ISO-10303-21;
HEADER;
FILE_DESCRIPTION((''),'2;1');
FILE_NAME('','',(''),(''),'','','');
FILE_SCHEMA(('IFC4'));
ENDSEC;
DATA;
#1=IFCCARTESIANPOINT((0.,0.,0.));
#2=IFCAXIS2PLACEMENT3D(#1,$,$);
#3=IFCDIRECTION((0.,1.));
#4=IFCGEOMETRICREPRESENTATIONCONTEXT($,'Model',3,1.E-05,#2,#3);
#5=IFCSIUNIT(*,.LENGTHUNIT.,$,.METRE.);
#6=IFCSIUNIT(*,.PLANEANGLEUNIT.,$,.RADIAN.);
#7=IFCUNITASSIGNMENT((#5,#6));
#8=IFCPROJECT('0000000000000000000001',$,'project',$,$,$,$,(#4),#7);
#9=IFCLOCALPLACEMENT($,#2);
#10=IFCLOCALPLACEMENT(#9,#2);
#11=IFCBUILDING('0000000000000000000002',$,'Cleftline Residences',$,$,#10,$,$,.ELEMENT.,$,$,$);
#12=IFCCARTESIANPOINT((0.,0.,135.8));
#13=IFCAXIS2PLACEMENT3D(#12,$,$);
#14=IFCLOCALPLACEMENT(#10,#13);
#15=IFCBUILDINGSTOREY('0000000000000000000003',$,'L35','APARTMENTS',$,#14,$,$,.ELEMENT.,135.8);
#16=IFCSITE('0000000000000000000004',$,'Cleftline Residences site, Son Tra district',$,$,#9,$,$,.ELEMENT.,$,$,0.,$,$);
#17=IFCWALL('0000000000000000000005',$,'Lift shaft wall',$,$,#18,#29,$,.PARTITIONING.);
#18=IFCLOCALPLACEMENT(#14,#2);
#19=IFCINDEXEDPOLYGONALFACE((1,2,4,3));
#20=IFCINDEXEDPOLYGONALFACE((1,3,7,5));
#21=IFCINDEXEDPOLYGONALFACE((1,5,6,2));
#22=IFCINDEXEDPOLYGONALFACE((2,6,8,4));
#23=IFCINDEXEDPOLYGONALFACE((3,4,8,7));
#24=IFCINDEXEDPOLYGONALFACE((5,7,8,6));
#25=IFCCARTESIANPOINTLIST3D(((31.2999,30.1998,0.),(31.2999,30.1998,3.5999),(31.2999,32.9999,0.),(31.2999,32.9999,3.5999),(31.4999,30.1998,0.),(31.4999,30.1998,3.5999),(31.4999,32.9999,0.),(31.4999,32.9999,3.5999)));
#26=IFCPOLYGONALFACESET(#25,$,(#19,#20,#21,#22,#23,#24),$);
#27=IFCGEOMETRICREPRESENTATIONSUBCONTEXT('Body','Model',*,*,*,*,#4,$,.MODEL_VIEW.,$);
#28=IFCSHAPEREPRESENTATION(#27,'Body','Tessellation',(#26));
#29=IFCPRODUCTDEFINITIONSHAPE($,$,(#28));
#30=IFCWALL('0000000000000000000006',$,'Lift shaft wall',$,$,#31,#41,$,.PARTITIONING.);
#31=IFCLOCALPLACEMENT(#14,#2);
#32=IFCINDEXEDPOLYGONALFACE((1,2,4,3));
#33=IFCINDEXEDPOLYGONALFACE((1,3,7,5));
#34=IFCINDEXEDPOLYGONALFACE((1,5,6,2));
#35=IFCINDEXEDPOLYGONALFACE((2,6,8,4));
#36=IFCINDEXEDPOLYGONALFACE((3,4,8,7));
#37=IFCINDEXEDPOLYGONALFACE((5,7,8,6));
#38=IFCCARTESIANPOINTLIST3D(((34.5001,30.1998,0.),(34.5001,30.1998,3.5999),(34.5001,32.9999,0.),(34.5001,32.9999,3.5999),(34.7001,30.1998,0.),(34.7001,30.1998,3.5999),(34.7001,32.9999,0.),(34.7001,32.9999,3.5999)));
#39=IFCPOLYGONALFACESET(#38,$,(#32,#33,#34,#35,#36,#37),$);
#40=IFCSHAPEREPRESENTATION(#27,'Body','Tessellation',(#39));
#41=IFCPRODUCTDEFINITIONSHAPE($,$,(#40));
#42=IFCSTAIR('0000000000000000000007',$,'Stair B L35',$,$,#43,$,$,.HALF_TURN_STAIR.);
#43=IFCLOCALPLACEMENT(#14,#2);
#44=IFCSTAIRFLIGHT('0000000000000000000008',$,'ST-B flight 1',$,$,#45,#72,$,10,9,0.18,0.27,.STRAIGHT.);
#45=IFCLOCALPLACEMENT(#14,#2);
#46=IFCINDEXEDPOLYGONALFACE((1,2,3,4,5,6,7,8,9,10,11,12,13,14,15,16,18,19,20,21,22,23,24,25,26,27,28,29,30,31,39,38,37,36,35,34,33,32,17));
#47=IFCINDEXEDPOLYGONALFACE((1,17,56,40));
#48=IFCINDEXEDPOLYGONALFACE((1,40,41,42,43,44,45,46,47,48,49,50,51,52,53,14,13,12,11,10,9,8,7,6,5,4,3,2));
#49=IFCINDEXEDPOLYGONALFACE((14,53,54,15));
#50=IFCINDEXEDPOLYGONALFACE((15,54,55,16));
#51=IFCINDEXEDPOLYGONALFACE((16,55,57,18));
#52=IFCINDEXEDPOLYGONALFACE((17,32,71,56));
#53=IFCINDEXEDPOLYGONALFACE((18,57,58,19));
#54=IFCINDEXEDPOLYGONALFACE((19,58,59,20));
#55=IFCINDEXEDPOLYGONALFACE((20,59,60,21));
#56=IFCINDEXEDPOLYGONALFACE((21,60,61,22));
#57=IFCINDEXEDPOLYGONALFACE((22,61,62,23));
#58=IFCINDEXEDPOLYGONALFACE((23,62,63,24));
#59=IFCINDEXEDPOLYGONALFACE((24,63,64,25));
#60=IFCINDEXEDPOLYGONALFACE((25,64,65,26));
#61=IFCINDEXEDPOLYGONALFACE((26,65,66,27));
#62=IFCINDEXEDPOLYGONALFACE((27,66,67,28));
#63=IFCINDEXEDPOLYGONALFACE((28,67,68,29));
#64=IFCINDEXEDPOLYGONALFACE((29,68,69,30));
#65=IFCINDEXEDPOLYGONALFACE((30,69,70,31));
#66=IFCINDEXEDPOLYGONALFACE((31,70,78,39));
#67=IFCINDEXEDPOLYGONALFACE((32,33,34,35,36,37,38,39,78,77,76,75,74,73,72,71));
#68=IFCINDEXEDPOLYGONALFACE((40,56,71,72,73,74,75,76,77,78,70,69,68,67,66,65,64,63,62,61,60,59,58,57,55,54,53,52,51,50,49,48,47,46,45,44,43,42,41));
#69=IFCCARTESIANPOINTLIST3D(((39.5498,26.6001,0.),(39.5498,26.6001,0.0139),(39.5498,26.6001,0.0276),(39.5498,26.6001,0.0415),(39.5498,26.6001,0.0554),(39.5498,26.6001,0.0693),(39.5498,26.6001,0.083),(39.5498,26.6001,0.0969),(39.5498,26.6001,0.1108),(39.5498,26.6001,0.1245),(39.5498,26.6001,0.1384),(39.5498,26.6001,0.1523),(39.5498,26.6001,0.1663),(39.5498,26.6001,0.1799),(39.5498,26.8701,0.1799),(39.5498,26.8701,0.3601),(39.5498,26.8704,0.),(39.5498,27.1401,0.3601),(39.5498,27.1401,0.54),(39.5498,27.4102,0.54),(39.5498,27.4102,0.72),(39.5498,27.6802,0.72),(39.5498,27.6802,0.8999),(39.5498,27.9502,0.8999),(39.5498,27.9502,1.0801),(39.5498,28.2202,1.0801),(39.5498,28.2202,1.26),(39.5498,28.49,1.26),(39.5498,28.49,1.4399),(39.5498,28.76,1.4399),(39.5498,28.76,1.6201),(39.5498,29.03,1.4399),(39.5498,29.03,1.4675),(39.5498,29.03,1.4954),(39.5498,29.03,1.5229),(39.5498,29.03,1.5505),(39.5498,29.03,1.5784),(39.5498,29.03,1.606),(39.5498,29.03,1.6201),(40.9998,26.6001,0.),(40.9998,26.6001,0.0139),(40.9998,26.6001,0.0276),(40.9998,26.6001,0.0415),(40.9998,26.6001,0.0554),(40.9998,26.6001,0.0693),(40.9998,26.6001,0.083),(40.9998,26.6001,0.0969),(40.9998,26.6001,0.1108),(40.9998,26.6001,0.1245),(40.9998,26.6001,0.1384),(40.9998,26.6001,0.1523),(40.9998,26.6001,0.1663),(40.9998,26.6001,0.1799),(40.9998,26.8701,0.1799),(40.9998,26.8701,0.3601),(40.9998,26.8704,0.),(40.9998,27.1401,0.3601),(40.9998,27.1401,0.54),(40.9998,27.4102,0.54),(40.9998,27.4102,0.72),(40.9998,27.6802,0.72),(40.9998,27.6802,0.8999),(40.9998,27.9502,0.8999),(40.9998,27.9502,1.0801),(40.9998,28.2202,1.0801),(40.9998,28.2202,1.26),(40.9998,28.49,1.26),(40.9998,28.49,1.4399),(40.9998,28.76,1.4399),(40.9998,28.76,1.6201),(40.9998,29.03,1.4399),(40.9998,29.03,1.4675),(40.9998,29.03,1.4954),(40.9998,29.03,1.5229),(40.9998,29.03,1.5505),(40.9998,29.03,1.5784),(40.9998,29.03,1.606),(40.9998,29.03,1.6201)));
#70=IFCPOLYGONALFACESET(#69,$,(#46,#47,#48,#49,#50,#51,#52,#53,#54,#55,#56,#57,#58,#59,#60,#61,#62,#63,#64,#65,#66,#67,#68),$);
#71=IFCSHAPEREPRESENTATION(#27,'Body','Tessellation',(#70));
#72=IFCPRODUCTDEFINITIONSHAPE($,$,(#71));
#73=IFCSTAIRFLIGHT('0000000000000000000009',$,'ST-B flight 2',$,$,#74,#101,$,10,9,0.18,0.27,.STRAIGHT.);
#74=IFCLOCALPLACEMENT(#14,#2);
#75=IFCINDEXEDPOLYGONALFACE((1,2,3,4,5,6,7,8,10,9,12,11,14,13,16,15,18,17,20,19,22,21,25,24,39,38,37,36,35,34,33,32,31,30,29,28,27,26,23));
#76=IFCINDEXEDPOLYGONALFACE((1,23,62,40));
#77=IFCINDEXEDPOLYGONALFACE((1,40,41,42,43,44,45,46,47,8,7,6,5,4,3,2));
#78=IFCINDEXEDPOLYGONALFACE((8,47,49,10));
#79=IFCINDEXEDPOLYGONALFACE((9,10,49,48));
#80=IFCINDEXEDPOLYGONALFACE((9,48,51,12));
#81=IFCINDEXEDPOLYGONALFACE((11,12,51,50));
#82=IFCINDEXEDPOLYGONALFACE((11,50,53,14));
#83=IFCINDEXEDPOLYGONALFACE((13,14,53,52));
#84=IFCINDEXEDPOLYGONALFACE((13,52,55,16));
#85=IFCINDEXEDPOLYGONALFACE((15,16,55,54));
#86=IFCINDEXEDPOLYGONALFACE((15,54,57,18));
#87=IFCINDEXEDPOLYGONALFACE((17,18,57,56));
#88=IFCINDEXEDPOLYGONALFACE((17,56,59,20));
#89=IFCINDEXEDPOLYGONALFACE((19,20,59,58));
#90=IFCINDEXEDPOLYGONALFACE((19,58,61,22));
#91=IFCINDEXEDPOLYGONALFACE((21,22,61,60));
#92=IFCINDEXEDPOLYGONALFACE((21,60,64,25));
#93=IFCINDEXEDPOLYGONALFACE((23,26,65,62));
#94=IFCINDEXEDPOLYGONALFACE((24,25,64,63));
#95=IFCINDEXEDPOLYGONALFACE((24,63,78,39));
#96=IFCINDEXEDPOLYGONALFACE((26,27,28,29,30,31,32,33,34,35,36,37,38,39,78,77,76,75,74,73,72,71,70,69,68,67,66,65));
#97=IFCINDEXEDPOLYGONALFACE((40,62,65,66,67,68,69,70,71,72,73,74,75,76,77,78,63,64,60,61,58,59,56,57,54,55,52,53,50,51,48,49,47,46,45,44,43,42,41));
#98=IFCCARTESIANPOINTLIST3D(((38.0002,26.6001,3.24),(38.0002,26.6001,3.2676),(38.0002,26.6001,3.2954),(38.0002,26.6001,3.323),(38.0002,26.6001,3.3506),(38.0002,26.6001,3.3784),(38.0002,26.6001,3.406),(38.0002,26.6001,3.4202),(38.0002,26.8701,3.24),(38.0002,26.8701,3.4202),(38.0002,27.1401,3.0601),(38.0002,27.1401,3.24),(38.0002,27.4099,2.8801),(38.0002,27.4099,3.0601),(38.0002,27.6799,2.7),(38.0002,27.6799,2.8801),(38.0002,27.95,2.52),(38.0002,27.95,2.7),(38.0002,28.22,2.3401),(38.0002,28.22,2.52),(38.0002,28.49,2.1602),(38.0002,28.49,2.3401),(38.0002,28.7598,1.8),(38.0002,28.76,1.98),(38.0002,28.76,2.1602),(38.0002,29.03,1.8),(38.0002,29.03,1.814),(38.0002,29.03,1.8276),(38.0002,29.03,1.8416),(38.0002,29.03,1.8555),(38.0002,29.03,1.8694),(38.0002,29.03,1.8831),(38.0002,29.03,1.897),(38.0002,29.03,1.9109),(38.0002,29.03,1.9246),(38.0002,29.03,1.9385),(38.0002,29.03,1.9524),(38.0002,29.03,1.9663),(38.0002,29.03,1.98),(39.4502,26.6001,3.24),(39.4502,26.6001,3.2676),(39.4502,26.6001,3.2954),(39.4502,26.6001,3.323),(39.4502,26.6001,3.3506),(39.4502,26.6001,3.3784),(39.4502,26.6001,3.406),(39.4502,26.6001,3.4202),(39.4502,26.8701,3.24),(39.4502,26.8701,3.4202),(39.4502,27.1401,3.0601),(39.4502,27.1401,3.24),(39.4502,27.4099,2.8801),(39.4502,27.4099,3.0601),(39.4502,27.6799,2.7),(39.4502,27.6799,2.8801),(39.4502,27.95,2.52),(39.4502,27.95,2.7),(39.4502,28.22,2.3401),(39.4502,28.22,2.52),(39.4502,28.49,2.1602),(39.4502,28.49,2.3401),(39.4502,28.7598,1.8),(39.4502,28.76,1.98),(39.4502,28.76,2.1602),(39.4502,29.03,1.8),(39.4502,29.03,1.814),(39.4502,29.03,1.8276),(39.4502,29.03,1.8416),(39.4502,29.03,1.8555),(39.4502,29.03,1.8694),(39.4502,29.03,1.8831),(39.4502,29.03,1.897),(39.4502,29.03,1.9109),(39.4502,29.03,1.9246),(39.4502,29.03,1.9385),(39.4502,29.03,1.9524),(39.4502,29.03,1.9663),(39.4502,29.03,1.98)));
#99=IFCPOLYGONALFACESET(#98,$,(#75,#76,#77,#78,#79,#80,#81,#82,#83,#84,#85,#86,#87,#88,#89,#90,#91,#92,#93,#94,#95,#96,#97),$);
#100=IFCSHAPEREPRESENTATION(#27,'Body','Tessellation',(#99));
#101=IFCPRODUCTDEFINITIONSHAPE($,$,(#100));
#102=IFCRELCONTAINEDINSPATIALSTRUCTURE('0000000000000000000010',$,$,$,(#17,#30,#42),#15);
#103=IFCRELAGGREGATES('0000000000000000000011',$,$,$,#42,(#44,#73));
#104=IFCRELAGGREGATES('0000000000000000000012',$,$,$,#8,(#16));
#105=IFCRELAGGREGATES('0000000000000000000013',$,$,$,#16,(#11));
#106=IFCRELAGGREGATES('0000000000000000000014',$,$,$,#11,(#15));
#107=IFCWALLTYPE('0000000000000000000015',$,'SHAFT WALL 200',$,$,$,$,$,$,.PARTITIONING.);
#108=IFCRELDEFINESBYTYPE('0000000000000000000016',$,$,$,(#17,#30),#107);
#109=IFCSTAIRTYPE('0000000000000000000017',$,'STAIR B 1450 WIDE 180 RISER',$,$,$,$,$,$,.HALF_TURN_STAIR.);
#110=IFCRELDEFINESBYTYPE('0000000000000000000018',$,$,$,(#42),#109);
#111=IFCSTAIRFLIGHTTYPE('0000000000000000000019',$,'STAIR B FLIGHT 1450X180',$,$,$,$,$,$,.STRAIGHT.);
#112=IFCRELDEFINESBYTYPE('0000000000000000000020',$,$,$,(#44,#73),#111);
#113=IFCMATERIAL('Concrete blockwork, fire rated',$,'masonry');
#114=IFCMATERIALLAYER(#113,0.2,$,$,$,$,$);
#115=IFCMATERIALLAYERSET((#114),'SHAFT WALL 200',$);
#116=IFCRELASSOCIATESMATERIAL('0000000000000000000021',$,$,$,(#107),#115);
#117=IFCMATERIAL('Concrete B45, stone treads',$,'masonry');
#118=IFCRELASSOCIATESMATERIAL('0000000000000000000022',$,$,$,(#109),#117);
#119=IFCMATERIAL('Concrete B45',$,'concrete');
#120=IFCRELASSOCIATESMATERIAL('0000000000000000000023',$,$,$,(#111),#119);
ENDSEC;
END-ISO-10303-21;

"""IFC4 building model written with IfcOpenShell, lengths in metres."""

from ifc_helpers import new_model, si_unit, direction, frame, frame_2d, origin, place, context, subcontext, project, spatial, polyline, rectangle, outline, extrude, material, layer, layer_set, type_object, element, aggregate, save


model = new_model("IFC4")

# Units and contexts
model_context = context("Model", 3, precision=1e-05, world=origin(), true_north=direction((0.0, 1.0)))
body_context = subcontext(model_context, "Body", "Model", "MODEL_VIEW")
ifc_project = project(units=[si_unit("LENGTHUNIT", "METRE"), si_unit("PLANEANGLEUNIT", "RADIAN")], contexts=[model_context])

# Site, building, storey
site_placement = place(None, origin())
site = spatial("IfcSite", under=ifc_project, at=site_placement, Name="Cleftline Residences site, Son Tra district", CompositionType="ELEMENT", RefElevation=0.0)
building_placement = place(site_placement, origin())
building = spatial("IfcBuilding", under=site, at=building_placement, Name="Cleftline Residences", CompositionType="ELEMENT")
storey_placement = place(building_placement, frame((0.0, 0.0, 135.8)))
storey = spatial("IfcBuildingStorey", under=building, at=storey_placement, Name="L35", Description="APARTMENTS", CompositionType="ELEMENT", Elevation=135.8)

# Walls
ifc_material_1 = material(Name="Concrete blockwork, fire rated", Category="masonry")
ifc_layer_1 = layer(ifc_material_1, 0.2)
ifc_layer_set_1 = layer_set([ifc_layer_1], Name="SHAFT WALL 200")
wall_type_1 = type_object("IfcWallType", Name="SHAFT WALL 200", PredefinedType="PARTITIONING", material=ifc_layer_set_1)
for number, where, z_axis, x_axis, name in (
    (1, (31.3999, 30.2, 0.0), (0.0, 0.0, 1.0), (0.0, 1.0, 0.0), "Lift shaft wall"),
    (2, (34.6001, 30.2, 0.0), (0.0, 0.0, 1.0), (0.0, 1.0, 0.0), "Lift shaft wall"),
):
    element("IfcWall", number, at=place(storey_placement, frame(where, z_axis=z_axis, x_axis=x_axis)), inside=storey, type_object=wall_type_1, Name=name, PredefinedType="PARTITIONING", context=body_context, shape_type="SweptSolid", body=[
        extrude(rectangle(XDim=2.8, YDim=0.2, at=frame_2d((1.3999, 0.0))), origin(), (0.0, 0.0, 1.0), 3.5999),
    ])

# Stair, stair flights
ifc_material_2 = material(Name="Concrete B45, stone treads", Category="masonry")
stair_type = type_object("IfcStairType", Name="STAIR B 1450 WIDE 180 RISER", PredefinedType="HALF_TURN_STAIR", material=ifc_material_2)
stair_placement = place(storey_placement, origin())
stair = element("IfcStair", 3, at=stair_placement, inside=storey, type_object=stair_type, Name="Stair B L35", PredefinedType="HALF_TURN_STAIR")
ifc_material_3 = material(Name="Concrete B45", Category="concrete")
stair_flight_type = type_object("IfcStairFlightType", Name="STAIR B FLIGHT 1450X180", PredefinedType="STRAIGHT", material=ifc_material_3)
stair_flight_1_placement = place(storey_placement, frame((40.2749, 26.6001, 0.0), z_axis=(0.0, 0.0, 1.0), x_axis=(0.0, 1.0, 0.0)))
stair_flight_1 = element("IfcStairFlight", 4, at=stair_flight_1_placement, type_object=stair_flight_type, Name="ST-B flight 1", NumberOfRisers=10, NumberOfTreads=9, PredefinedType="STRAIGHT", RiserHeight=0.18, TreadLength=0.27, context=body_context, shape_type="SweptSolid", body=[
    extrude(outline(polyline([(0.0, 0.0), (0.0, 0.0139), (0.0, 0.0276), (0.0, 0.0415), (0.0, 0.0554), (0.0, 0.0693), (0.0, 0.083), (0.0, 0.0969), (0.0, 0.1108), (0.0, 0.1245), (0.0, 0.1384), (0.0, 0.1523), (0.0, 0.1663), (0.0, 0.1799), (0.27, 0.1799), (0.27, 0.3601), (0.54, 0.3601), (0.54, 0.54), (0.8101, 0.54), (0.8101, 0.72), (1.0801, 0.72), (1.0801, 0.8999), (1.3501, 0.8999), (1.3501, 1.0801), (1.6201, 1.0801), (1.6201, 1.26), (1.8899, 1.26), (1.8899, 1.4399), (2.1599, 1.4399), (2.1599, 1.6201), (2.4299, 1.6201), (2.4299, 1.8), (2.4299, 1.7722), (2.4299, 1.7446), (2.4299, 1.7168), (2.4299, 1.6892), (2.4299, 1.6614), (2.4299, 1.6338), (2.4299, 1.606), (2.4299, 1.5784), (2.4299, 1.5505), (2.4299, 1.5229), (2.4299, 1.4954), (2.4299, 1.4675), (2.4299, 1.4399), (0.2703, 0.0), (0.0, 0.0)])), frame((0.0, 0.7251, 0.0), z_axis=(0.0, -1.0, 0.0), x_axis=(1.0, 0.0, 0.0)), (0.0, 0.0, 1.0), 1.45),
])
stair_flight_2_placement = place(storey_placement, frame((38.7251, 29.03, 1.8), z_axis=(0.0, 0.0, 1.0), x_axis=(0.0, -1.0, 0.0)))
stair_flight_2 = element("IfcStairFlight", 5, at=stair_flight_2_placement, type_object=stair_flight_type, Name="ST-B flight 2", NumberOfRisers=10, NumberOfTreads=9, PredefinedType="STRAIGHT", RiserHeight=0.18, TreadLength=0.27, context=body_context, shape_type="SweptSolid", body=[
    extrude(outline(polyline([(0.0, 0.0), (0.0, 0.0139), (0.0, 0.0276), (0.0, 0.0415), (0.0, 0.0554), (0.0, 0.0693), (0.0, 0.083), (0.0, 0.0969), (0.0, 0.1108), (0.0, 0.1245), (0.0, 0.1384), (0.0, 0.1523), (0.0, 0.1663), (0.0, 0.1799), (0.27, 0.1799), (0.27, 0.3601), (0.54, 0.3601), (0.54, 0.54), (0.8101, 0.54), (0.8101, 0.72), (1.0801, 0.72), (1.0801, 0.8999), (1.3501, 0.8999), (1.3501, 1.0801), (1.6201, 1.0801), (1.6201, 1.26), (1.8899, 1.26), (1.8899, 1.4399), (2.1599, 1.4399), (2.1599, 1.6201), (2.4299, 1.6201), (2.4299, 1.8), (2.4299, 1.7722), (2.4299, 1.7446), (2.4299, 1.7168), (2.4299, 1.6892), (2.4299, 1.6614), (2.4299, 1.6338), (2.4299, 1.606), (2.4299, 1.5784), (2.4299, 1.5505), (2.4299, 1.5229), (2.4299, 1.4954), (2.4299, 1.4675), (2.4299, 1.4399), (0.2703, 0.0), (0.0, 0.0)])), frame((0.0, 0.7251, 0.0), z_axis=(0.0, -1.0, 0.0), x_axis=(1.0, 0.0, 0.0)), (0.0, 0.0, 1.0), 1.45),
])
aggregate(stair, [stair_flight_1, stair_flight_2])

save(model, "model.ifc")
